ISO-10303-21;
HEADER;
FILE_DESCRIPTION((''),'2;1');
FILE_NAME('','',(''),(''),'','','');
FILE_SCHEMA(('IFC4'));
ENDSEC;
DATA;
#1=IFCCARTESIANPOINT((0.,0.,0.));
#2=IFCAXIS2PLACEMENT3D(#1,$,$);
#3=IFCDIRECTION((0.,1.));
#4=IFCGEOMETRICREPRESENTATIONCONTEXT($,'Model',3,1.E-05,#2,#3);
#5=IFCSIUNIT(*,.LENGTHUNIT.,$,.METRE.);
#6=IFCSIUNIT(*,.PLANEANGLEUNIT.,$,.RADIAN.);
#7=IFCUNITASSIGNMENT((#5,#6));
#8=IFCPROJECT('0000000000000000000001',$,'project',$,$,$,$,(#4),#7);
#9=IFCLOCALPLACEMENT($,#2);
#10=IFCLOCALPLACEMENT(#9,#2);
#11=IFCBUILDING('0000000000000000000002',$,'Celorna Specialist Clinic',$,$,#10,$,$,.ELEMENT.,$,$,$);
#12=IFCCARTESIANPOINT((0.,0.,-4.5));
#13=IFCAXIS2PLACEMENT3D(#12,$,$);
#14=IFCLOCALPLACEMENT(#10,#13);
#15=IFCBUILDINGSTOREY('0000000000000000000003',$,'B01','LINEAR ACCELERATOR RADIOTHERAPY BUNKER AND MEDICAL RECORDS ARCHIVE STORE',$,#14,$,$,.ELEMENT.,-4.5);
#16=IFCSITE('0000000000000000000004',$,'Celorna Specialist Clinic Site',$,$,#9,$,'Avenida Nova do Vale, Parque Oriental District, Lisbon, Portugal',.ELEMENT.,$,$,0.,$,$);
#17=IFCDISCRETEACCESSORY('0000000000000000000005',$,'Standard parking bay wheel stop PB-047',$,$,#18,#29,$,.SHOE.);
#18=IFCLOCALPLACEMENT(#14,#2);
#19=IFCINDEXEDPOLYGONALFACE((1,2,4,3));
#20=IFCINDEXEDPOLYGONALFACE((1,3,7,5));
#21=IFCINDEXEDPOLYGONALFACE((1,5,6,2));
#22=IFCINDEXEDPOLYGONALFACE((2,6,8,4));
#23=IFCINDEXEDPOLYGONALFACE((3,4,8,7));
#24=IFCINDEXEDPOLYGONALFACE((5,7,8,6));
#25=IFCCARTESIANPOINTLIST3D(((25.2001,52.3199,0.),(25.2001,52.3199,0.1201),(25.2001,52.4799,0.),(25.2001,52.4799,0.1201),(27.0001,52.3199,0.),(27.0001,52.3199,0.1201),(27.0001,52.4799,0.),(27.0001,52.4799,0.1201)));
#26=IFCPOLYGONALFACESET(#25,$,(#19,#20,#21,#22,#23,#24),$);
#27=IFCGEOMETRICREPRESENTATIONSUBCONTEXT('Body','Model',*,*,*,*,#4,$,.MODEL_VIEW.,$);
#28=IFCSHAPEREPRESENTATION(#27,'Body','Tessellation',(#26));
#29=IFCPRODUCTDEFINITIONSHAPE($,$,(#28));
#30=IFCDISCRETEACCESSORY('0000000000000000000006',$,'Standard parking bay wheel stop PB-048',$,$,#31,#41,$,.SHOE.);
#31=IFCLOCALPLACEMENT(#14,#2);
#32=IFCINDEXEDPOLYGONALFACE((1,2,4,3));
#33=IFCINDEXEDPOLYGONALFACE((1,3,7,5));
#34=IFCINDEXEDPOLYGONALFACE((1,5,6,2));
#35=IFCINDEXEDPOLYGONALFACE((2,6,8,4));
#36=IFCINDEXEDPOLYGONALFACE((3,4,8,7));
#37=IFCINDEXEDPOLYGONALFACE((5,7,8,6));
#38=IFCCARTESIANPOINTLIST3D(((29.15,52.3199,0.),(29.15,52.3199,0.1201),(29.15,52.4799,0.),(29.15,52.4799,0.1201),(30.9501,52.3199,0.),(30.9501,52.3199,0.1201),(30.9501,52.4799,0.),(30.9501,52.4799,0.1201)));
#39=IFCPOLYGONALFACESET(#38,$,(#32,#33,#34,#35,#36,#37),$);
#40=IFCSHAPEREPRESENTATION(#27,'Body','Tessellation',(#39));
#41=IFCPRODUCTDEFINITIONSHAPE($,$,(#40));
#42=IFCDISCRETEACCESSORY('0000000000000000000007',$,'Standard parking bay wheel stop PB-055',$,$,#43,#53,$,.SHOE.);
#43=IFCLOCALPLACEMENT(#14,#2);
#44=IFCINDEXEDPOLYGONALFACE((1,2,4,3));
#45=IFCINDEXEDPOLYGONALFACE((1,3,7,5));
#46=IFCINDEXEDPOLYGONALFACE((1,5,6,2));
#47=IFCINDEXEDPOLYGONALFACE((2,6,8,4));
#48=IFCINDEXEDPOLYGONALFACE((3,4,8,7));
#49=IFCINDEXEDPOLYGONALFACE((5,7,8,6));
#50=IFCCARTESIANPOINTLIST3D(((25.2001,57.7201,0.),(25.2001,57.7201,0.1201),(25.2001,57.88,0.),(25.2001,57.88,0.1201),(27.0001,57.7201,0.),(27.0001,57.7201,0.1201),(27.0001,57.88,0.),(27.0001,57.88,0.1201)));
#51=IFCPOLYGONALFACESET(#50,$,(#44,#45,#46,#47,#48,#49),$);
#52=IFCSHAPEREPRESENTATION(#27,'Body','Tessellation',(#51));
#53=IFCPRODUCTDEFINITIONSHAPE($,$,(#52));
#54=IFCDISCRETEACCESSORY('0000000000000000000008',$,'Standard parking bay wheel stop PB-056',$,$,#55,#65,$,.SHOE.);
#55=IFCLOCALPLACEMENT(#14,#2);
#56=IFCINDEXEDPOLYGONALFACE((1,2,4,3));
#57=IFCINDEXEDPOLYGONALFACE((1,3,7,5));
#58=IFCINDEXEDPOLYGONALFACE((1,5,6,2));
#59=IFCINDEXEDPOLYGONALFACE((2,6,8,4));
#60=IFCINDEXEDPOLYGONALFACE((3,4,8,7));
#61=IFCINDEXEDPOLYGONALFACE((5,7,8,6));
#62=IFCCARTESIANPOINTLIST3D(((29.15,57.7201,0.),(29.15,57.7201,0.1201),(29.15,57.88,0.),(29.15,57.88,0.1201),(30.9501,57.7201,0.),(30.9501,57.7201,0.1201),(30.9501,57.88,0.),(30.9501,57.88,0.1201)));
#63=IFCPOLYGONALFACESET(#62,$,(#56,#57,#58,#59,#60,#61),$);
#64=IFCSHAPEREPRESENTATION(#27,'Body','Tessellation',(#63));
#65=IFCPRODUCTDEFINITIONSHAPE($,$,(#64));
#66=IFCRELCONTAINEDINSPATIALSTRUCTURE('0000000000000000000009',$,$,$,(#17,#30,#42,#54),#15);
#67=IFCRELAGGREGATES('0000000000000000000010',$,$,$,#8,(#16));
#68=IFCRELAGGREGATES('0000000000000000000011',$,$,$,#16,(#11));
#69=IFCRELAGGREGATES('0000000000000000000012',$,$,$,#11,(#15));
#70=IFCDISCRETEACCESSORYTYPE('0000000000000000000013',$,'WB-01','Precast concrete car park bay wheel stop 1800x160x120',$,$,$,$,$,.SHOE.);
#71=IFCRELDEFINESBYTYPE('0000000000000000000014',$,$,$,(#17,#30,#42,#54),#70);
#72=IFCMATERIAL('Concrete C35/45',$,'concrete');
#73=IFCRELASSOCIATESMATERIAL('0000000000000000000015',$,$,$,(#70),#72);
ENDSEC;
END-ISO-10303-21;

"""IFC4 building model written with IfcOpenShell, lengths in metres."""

from ifc_helpers import new_model, si_unit, direction, frame, origin, origin_2d, place, context, subcontext, project, spatial, rectangle, extrude, material, type_object, element, save


model = new_model("IFC4")

# Units and contexts
model_context = context("Model", 3, precision=1e-05, world=origin(), true_north=direction((0.0, 1.0)))
body_context = subcontext(model_context, "Body", "Model", "MODEL_VIEW")
ifc_project = project(units=[si_unit("LENGTHUNIT", "METRE"), si_unit("PLANEANGLEUNIT", "RADIAN")], contexts=[model_context])

# Site, building, storey
site_placement = place(None, origin())
site = spatial("IfcSite", under=ifc_project, at=site_placement, Name="Celorna Specialist Clinic Site", LongName="Avenida Nova do Vale, Parque Oriental District, Lisbon, Portugal", CompositionType="ELEMENT", RefElevation=0.0)
building_placement = place(site_placement, origin())
building = spatial("IfcBuilding", under=site, at=building_placement, Name="Celorna Specialist Clinic", CompositionType="ELEMENT")
storey_placement = place(building_placement, frame((0.0, 0.0, -4.5)))
storey = spatial("IfcBuildingStorey", under=building, at=storey_placement, Name="B01", Description="LINEAR ACCELERATOR RADIOTHERAPY BUNKER AND MEDICAL RECORDS ARCHIVE STORE", CompositionType="ELEMENT", Elevation=-4.5)

# Shared definitions
ifc_material_1 = material(Name="Concrete C35/45", Category="concrete")

# Discrete accessories
discrete_accessory_type = type_object("IfcDiscreteAccessoryType", Name="WB-01", Description="Precast concrete car park bay wheel stop 1800x160x120", PredefinedType="SHOE", material=ifc_material_1)
for number, where, z_axis, x_axis, name in (
    (1, (26.1001, 52.3999, 0.0), (0.0, 0.0, 1.0), (1.0, 0.0, 0.0), "Standard parking bay wheel stop PB-047"),
    (2, (30.05, 52.3999, 0.0), (0.0, 0.0, 1.0), (1.0, 0.0, 0.0), "Standard parking bay wheel stop PB-048"),
    (3, (26.1001, 57.8, 0.0), (0.0, 0.0, 1.0), (1.0, 0.0, 0.0), "Standard parking bay wheel stop PB-055"),
    (4, (30.05, 57.8, 0.0), (0.0, 0.0, 1.0), (1.0, 0.0, 0.0), "Standard parking bay wheel stop PB-056"),
):
    element("IfcDiscreteAccessory", number, at=place(storey_placement, frame(where, z_axis=z_axis, x_axis=x_axis)), inside=storey, type_object=discrete_accessory_type, Name=name, PredefinedType="SHOE", context=body_context, shape_type="SweptSolid", body=[
        extrude(rectangle(XDim=1.8, YDim=0.1599, at=origin_2d()), origin(), (0.0, 0.0, 1.0), 0.1201),
    ])

save(model, "model.ifc")
